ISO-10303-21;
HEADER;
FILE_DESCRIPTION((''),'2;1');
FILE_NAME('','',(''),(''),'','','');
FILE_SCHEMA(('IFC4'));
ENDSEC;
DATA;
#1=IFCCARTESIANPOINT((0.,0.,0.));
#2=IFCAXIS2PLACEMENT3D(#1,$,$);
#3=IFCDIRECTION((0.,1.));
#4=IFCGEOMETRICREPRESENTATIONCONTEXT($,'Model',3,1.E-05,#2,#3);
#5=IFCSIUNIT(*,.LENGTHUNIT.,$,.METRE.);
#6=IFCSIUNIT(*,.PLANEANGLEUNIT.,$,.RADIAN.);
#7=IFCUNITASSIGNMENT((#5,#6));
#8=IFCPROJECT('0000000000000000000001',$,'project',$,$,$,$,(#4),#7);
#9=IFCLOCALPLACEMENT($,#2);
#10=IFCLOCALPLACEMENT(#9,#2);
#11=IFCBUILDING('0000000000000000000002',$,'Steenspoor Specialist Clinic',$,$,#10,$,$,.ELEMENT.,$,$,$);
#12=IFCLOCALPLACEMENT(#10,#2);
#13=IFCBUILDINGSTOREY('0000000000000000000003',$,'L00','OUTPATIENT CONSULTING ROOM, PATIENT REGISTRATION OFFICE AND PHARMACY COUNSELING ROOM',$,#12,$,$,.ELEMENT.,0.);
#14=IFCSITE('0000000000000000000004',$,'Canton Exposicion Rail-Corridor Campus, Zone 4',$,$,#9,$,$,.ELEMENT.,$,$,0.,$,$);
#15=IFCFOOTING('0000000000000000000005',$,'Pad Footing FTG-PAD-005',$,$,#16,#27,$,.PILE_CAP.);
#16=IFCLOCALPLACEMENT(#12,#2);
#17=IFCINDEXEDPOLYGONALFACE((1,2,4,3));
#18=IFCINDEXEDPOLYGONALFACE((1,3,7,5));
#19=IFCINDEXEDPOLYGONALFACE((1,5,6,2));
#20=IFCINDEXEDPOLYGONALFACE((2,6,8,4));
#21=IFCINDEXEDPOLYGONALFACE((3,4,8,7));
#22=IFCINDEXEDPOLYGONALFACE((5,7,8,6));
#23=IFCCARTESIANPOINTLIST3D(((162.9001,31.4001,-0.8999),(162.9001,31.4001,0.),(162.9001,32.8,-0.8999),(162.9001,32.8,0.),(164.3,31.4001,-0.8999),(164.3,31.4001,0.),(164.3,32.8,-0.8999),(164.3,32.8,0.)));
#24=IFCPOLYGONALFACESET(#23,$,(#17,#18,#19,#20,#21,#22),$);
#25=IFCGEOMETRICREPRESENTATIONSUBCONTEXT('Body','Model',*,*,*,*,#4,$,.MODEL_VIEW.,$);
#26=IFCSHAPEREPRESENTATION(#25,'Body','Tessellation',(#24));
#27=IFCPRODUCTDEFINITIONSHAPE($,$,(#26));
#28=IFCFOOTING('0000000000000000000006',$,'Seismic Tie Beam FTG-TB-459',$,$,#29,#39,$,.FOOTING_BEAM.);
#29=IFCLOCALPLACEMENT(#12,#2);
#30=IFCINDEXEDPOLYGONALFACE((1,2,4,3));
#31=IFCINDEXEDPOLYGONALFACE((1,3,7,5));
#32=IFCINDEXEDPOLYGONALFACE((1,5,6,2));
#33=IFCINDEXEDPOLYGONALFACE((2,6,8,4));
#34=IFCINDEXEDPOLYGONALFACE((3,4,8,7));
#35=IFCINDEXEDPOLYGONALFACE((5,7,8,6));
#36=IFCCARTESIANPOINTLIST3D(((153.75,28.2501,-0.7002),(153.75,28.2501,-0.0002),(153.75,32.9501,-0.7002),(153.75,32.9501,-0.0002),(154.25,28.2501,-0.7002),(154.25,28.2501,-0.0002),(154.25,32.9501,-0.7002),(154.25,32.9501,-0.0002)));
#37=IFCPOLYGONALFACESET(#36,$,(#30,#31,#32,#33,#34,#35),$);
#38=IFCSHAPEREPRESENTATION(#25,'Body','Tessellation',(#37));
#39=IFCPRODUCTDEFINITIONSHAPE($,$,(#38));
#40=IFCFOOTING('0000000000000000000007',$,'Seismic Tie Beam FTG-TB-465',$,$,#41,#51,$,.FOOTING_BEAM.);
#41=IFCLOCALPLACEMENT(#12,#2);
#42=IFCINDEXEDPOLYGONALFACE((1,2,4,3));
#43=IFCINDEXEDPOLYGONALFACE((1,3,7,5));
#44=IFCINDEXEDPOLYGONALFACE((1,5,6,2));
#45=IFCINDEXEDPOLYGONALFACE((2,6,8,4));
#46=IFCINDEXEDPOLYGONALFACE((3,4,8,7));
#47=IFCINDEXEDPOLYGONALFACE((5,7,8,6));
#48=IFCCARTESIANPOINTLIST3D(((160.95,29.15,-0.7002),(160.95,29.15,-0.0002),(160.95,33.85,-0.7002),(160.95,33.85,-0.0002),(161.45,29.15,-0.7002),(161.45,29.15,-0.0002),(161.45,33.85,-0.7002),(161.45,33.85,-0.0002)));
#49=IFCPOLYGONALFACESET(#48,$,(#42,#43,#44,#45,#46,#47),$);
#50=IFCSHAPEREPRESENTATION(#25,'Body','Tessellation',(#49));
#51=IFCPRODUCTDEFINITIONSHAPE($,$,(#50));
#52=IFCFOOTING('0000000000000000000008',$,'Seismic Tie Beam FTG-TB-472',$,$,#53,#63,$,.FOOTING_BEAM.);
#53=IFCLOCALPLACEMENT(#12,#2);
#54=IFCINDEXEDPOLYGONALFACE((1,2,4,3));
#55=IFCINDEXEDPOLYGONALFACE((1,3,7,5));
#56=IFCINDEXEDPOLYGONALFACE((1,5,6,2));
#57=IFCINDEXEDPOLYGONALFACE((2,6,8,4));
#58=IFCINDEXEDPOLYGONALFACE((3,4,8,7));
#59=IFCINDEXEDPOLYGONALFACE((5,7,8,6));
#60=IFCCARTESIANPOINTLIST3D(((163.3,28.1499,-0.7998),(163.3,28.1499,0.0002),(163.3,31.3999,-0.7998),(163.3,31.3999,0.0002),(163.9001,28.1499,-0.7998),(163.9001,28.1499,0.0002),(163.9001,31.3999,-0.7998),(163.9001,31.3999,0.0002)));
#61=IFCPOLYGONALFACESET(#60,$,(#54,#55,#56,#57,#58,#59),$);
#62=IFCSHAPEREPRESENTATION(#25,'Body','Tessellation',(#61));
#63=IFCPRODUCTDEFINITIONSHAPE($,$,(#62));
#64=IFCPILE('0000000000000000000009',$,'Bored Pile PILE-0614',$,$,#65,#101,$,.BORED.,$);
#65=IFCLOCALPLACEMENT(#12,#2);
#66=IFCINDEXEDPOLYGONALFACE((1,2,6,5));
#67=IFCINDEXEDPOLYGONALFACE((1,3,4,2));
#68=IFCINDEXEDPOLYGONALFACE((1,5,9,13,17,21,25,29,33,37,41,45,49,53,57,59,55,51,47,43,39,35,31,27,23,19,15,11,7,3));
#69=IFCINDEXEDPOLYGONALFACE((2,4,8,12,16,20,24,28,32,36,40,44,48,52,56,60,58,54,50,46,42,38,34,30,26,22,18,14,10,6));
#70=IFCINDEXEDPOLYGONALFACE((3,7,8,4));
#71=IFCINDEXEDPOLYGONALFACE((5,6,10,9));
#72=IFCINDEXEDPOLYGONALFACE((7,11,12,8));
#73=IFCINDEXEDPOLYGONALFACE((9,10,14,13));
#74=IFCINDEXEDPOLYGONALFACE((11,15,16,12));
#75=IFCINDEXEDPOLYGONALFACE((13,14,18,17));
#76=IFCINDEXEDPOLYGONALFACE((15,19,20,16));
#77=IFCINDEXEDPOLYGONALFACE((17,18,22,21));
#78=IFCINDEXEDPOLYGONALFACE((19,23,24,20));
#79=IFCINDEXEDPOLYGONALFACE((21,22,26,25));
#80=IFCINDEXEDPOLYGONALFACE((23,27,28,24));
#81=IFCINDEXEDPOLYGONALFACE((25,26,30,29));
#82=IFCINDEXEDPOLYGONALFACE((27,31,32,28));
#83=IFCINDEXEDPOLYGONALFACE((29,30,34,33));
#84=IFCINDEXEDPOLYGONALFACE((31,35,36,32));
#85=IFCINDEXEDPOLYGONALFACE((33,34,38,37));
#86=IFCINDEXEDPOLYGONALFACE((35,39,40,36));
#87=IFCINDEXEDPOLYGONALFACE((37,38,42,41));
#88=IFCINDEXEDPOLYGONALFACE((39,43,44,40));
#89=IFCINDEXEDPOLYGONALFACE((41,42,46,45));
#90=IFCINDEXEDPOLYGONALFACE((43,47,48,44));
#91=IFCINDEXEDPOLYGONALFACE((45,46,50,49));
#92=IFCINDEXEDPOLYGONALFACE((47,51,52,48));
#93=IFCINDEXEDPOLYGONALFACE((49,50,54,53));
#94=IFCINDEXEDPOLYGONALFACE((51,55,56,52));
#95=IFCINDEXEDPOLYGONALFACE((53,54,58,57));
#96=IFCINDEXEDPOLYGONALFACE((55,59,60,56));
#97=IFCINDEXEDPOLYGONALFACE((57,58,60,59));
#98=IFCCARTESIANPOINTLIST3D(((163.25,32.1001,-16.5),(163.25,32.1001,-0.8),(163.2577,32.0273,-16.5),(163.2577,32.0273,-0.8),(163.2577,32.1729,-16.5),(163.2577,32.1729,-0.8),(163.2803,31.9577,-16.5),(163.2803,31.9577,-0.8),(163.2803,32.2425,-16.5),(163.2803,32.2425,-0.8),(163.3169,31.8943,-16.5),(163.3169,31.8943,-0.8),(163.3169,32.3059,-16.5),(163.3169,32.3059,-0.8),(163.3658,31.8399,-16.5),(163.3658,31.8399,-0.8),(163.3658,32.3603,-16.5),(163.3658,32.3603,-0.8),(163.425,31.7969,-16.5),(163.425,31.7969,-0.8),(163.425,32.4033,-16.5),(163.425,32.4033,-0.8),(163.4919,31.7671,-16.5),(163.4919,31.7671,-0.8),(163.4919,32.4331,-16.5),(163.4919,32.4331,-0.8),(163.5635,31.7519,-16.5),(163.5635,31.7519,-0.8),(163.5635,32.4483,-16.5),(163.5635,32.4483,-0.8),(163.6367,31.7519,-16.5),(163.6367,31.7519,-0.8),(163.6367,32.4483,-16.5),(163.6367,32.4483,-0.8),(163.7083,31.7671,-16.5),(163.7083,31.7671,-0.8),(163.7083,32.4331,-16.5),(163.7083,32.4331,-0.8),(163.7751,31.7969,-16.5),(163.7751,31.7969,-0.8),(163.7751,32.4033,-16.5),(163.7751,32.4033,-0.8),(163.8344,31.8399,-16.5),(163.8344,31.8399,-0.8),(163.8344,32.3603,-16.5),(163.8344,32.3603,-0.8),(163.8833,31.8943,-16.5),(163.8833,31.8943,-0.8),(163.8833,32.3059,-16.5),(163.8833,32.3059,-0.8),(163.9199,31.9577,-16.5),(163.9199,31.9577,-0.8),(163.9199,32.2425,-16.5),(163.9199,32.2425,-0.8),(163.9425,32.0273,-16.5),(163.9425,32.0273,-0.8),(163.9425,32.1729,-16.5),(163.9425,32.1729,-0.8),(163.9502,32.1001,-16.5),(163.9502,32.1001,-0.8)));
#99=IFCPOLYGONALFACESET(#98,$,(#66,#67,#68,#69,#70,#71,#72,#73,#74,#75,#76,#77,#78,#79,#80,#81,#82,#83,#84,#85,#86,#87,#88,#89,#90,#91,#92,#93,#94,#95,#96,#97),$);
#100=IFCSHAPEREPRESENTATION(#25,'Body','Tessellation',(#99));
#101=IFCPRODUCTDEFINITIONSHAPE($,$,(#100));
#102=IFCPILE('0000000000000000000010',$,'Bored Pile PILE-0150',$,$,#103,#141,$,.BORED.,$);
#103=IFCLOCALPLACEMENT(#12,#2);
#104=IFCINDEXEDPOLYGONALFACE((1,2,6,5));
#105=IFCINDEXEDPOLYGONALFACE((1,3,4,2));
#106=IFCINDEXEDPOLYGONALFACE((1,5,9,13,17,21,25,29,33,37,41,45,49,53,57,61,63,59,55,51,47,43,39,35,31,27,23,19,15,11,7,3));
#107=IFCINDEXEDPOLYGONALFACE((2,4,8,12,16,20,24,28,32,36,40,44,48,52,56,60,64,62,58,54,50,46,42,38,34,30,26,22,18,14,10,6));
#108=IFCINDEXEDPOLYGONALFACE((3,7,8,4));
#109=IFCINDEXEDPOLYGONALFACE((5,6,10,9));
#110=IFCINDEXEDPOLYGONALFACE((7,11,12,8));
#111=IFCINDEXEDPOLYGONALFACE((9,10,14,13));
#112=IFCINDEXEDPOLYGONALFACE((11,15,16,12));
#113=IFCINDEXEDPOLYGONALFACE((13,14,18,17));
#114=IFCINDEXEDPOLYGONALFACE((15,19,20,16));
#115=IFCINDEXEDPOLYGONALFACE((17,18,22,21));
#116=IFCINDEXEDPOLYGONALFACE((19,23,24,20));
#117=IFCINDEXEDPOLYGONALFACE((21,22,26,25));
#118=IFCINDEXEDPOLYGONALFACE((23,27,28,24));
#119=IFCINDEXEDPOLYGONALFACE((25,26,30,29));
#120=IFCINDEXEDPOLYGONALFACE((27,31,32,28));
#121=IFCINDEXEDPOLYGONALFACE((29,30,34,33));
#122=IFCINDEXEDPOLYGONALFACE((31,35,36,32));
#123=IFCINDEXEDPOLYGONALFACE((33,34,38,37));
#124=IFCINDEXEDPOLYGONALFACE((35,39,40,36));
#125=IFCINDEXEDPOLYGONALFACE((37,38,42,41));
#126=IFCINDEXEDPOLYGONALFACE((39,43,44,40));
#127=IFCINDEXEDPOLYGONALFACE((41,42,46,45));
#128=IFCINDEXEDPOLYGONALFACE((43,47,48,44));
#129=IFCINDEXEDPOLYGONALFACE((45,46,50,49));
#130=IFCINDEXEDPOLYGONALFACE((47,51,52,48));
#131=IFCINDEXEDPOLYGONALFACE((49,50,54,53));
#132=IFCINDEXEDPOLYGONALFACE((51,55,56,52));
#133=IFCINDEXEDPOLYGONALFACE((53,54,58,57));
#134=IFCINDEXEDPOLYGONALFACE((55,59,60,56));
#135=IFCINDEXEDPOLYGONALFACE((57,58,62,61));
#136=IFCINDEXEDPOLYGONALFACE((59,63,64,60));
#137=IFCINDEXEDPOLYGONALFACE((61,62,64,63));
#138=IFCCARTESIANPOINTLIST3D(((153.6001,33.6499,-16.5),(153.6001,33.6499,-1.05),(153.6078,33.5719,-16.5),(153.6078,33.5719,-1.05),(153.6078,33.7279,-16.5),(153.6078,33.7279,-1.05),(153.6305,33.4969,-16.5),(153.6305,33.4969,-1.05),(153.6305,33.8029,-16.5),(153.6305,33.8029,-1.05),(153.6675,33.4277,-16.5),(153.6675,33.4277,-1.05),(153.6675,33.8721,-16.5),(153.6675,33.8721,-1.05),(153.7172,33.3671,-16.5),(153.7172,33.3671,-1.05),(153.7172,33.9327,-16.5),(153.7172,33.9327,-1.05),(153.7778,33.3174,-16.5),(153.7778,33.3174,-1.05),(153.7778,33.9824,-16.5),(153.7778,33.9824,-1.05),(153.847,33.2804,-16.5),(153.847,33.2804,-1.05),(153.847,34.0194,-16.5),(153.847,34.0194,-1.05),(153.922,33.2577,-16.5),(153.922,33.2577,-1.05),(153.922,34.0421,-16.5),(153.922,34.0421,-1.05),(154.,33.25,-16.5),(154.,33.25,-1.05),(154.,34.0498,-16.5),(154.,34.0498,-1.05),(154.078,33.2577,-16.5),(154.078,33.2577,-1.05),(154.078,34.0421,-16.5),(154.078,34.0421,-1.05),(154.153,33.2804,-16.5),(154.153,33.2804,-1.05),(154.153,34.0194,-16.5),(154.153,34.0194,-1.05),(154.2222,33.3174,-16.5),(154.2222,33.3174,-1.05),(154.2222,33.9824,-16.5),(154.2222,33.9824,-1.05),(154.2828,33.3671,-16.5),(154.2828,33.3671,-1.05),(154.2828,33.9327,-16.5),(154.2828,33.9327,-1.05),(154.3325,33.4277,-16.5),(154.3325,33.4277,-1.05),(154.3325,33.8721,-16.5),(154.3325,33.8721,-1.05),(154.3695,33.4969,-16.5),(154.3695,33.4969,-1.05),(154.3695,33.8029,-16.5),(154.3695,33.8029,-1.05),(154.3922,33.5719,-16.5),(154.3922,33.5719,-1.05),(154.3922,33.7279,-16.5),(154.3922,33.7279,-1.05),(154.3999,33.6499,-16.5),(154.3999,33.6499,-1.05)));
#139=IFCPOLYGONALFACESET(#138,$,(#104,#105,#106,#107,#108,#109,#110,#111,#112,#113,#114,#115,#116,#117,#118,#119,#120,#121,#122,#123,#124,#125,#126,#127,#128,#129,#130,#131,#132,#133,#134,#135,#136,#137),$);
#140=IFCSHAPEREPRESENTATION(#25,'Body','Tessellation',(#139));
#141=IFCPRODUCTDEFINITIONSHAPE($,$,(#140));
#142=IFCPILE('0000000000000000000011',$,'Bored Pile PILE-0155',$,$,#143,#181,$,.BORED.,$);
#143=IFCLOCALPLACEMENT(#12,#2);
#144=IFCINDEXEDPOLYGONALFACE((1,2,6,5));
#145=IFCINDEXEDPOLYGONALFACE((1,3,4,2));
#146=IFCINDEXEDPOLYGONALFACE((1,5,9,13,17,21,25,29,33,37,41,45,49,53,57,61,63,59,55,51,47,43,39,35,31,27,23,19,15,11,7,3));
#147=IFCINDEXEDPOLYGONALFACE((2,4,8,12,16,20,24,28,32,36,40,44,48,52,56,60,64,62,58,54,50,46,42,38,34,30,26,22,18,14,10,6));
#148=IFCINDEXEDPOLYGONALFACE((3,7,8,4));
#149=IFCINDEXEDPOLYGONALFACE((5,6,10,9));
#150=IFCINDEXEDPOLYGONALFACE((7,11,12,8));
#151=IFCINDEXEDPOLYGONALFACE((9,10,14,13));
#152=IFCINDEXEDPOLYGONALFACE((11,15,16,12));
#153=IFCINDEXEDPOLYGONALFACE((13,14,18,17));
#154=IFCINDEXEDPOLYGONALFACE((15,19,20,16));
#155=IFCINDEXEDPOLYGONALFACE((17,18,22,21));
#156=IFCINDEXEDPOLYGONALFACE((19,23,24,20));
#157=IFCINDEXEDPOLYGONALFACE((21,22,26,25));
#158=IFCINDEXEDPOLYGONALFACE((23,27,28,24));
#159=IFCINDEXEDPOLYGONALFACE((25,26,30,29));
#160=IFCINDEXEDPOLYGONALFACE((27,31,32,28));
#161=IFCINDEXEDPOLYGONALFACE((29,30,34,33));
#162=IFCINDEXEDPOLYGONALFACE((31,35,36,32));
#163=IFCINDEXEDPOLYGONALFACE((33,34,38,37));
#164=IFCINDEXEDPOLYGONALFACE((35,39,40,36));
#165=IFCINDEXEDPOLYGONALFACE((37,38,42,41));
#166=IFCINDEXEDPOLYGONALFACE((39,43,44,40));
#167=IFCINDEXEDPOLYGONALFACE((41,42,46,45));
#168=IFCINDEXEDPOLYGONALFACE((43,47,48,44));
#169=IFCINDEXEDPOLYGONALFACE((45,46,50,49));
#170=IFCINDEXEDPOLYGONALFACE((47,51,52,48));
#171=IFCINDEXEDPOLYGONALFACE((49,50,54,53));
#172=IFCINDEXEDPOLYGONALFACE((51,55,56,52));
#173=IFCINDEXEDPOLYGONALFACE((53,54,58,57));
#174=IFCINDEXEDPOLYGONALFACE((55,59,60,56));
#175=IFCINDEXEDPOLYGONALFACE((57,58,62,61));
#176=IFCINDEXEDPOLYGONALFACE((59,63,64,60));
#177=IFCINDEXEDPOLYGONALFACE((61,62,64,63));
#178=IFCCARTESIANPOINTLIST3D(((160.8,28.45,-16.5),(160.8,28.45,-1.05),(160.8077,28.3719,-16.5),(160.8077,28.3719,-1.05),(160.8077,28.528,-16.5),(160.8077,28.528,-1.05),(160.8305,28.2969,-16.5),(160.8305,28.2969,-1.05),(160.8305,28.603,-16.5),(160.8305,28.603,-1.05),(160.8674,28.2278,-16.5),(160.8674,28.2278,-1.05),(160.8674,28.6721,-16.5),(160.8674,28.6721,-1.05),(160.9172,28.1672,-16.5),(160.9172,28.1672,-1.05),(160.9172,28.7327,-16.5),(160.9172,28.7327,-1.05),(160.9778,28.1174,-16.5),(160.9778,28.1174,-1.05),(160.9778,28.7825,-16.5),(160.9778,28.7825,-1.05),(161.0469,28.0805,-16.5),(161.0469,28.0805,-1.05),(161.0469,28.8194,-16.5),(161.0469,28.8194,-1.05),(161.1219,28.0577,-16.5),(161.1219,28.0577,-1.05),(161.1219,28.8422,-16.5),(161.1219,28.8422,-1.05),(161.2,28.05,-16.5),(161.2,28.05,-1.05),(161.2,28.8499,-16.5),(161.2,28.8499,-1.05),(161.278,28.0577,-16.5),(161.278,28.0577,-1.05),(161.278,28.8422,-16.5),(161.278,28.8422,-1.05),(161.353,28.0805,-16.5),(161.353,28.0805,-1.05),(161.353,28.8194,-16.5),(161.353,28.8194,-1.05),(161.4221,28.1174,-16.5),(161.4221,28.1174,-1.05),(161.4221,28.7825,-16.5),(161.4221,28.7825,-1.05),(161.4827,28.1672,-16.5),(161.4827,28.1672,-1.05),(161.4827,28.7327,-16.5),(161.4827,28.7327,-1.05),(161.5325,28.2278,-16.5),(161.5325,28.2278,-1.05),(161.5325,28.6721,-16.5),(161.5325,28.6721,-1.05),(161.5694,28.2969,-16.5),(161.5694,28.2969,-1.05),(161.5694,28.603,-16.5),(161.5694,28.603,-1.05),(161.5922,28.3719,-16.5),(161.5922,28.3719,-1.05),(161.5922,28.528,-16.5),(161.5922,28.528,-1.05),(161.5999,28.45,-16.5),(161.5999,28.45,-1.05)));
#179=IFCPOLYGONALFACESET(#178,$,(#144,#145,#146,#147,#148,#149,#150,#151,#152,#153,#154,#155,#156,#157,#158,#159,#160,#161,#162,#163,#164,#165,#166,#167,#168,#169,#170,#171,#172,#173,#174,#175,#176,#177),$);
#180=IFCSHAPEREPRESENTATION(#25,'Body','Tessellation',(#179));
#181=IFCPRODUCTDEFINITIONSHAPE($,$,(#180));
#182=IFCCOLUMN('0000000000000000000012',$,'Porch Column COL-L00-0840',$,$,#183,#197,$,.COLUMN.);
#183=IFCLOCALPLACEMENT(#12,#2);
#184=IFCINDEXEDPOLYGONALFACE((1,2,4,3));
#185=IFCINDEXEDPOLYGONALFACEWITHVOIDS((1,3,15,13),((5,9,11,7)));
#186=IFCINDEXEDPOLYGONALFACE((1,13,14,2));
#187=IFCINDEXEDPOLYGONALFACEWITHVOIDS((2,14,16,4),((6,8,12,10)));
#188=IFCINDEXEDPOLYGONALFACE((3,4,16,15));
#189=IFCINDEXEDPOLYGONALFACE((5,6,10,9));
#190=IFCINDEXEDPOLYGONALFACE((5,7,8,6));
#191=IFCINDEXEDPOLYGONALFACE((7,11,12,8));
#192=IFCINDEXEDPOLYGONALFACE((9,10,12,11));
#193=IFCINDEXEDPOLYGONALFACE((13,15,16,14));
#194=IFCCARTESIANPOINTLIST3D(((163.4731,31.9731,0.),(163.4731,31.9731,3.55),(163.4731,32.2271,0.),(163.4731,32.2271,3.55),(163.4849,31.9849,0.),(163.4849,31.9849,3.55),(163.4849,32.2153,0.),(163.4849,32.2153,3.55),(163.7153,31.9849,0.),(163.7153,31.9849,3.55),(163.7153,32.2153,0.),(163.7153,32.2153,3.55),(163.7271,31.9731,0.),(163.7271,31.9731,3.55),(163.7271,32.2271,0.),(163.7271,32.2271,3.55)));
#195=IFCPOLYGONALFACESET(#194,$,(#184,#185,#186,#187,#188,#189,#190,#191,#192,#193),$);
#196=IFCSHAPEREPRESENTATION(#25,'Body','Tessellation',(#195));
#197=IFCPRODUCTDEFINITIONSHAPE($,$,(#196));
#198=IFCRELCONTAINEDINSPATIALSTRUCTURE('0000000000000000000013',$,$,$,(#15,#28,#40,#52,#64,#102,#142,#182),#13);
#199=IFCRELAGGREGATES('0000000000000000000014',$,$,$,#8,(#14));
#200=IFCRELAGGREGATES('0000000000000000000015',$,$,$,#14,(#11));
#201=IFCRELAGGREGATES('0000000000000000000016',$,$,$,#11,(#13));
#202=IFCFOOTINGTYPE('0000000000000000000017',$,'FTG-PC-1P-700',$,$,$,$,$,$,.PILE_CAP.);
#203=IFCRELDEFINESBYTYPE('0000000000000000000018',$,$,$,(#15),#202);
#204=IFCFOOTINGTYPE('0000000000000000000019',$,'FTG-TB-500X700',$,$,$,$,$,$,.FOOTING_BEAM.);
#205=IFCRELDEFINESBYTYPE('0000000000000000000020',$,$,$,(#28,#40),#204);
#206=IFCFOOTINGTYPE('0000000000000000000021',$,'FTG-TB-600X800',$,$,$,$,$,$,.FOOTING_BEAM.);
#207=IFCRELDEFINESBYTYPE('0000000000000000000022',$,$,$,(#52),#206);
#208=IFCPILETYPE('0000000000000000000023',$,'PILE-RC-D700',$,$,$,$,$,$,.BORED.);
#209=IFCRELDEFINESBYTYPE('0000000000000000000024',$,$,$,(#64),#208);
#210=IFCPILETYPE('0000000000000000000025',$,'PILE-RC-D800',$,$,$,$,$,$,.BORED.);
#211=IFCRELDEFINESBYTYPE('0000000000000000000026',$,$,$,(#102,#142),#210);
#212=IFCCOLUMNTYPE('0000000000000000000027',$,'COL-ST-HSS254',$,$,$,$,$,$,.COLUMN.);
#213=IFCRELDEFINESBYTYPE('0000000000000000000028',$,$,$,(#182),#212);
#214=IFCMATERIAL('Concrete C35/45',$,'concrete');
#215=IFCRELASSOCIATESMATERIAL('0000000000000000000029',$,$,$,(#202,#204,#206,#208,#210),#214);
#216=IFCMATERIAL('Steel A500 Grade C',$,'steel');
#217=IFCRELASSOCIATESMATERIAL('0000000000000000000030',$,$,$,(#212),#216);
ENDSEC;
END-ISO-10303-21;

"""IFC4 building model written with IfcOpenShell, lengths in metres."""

from ifc_helpers import new_model, si_unit, direction, frame, origin, origin_2d, place, context, subcontext, project, spatial, rectangle, hollow_rectangle, circle, extrude, material, material_profile, profile_set, type_object, element, save


model = new_model("IFC4")

# Units and contexts
model_context = context("Model", 3, precision=1e-05, world=origin(), true_north=direction((0.0, 1.0)))
body_context = subcontext(model_context, "Body", "Model", "MODEL_VIEW")
ifc_project = project(units=[si_unit("LENGTHUNIT", "METRE"), si_unit("PLANEANGLEUNIT", "RADIAN")], contexts=[model_context])

# Site, building, storey
site_placement = place(None, origin())
site = spatial("IfcSite", under=ifc_project, at=site_placement, Name="Canton Exposicion Rail-Corridor Campus, Zone 4", CompositionType="ELEMENT", RefElevation=0.0)
building_placement = place(site_placement, origin())
building = spatial("IfcBuilding", under=site, at=building_placement, Name="Steenspoor Specialist Clinic", CompositionType="ELEMENT")
storey_placement = place(building_placement, origin())
storey = spatial("IfcBuildingStorey", under=building, at=storey_placement, Name="L00", Description="OUTPATIENT CONSULTING ROOM, PATIENT REGISTRATION OFFICE AND PHARMACY COUNSELING ROOM", CompositionType="ELEMENT", Elevation=0.0)

# Footings
ifc_material_1 = material(Name="Concrete C35/45", Category="concrete")
footing_type_1 = type_object("IfcFootingType", Name="FTG-PC-1P-700", PredefinedType="PILE_CAP", material=ifc_material_1)
footing_1_placement = place(storey_placement, frame((163.6001, 32.1001, -0.8999), z_axis=(0.0, 0.0, 1.0), x_axis=(1.0, 0.0, 0.0)))
element("IfcFooting", 1, at=footing_1_placement, inside=storey, type_object=footing_type_1, Name="Pad Footing FTG-PAD-005", PredefinedType="PILE_CAP", context=body_context, shape_type="SweptSolid", body=[
    extrude(rectangle(XDim=1.3999, YDim=1.3999, at=origin_2d()), origin(), (0.0, 0.0, 1.0), 0.8999),
])
footing_type_2 = type_object("IfcFootingType", Name="FTG-TB-500X700", PredefinedType="FOOTING_BEAM", material=ifc_material_1)
for number, where, z_axis, x_axis, name in (
    (2, (154.0, 30.6001, -0.7002), (0.0, 0.0, 1.0), (1.0, 0.0, 0.0), "Seismic Tie Beam FTG-TB-459"),
    (3, (161.2, 31.5, -0.7002), (0.0, 0.0, 1.0), (1.0, 0.0, 0.0), "Seismic Tie Beam FTG-TB-465"),
):
    element("IfcFooting", number, at=place(storey_placement, frame(where, z_axis=z_axis, x_axis=x_axis)), inside=storey, type_object=footing_type_2, Name=name, PredefinedType="FOOTING_BEAM", context=body_context, shape_type="SweptSolid", body=[
        extrude(rectangle(XDim=0.5, YDim=4.7, at=origin_2d()), origin(), (0.0, 0.0, 1.0), 0.7),
    ])
footing_type_3 = type_object("IfcFootingType", Name="FTG-TB-600X800", PredefinedType="FOOTING_BEAM", material=ifc_material_1)
footing_2_placement = place(storey_placement, frame((163.6001, 29.7749, -0.7998), z_axis=(0.0, 0.0, 1.0), x_axis=(1.0, 0.0, 0.0)))
element("IfcFooting", 4, at=footing_2_placement, inside=storey, type_object=footing_type_3, Name="Seismic Tie Beam FTG-TB-472", PredefinedType="FOOTING_BEAM", context=body_context, shape_type="SweptSolid", body=[
    extrude(rectangle(XDim=0.6001, YDim=3.25, at=origin_2d()), origin(), (0.0, 0.0, 1.0), 0.8),
])

# Piles
ifc_material_profile_1 = material_profile(ifc_material_1, circle(Radius=0.3501, at=origin_2d()), Name="PILE-D700")
ifc_profile_set_1 = profile_set([ifc_material_profile_1], Name="Concrete C35/45")
pile_type_1 = type_object("IfcPileType", Name="PILE-RC-D700", PredefinedType="BORED", material=ifc_profile_set_1)
pile_placement = place(storey_placement, frame((163.6001, 32.1001, -0.8), z_axis=(0.0, 0.0, -1.0), x_axis=(1.0, 0.0, 0.0)))
element("IfcPile", 5, at=pile_placement, inside=storey, type_object=pile_type_1, Name="Bored Pile PILE-0614", PredefinedType="BORED", context=body_context, shape_type="SweptSolid", body=[
    extrude(circle(Radius=0.3501, at=origin_2d()), origin(), (0.0, 0.0, 1.0), 15.7),
])
ifc_material_profile_2 = material_profile(ifc_material_1, circle(Radius=0.3999, at=origin_2d()), Name="PILE-D800")
ifc_profile_set_2 = profile_set([ifc_material_profile_2], Name="Concrete C35/45")
pile_type_2 = type_object("IfcPileType", Name="PILE-RC-D800", PredefinedType="BORED", material=ifc_profile_set_2)
for number, where, z_axis, x_axis, name in (
    (6, (154.0, 33.6499, -1.05), (0.0, 0.0, -1.0), (1.0, 0.0, 0.0), "Bored Pile PILE-0150"),
    (7, (161.2, 28.45, -1.05), (0.0, 0.0, -1.0), (1.0, 0.0, 0.0), "Bored Pile PILE-0155"),
):
    element("IfcPile", number, at=place(storey_placement, frame(where, z_axis=z_axis, x_axis=x_axis)), inside=storey, type_object=pile_type_2, Name=name, PredefinedType="BORED", context=body_context, shape_type="SweptSolid", body=[
        extrude(circle(Radius=0.3999, at=origin_2d()), origin(), (0.0, 0.0, 1.0), 15.45),
    ])

# Column
ifc_material_2 = material(Name="Steel A500 Grade C", Category="steel")
ifc_material_profile_3 = material_profile(ifc_material_2, hollow_rectangle(XDim=0.2539, YDim=0.2539, WallThickness=0.0117, at=origin_2d()), Name="HSS254X254X12.7")
ifc_profile_set_3 = profile_set([ifc_material_profile_3], Name="Steel A500 Grade C")
column_type = type_object("IfcColumnType", Name="COL-ST-HSS254", PredefinedType="COLUMN", material=ifc_profile_set_3)
column_placement = place(storey_placement, frame((163.6001, 32.1001, 0.0), z_axis=(0.0, 0.0, 1.0), x_axis=(1.0, 0.0, 0.0)))
element("IfcColumn", 8, at=column_placement, inside=storey, type_object=column_type, Name="Porch Column COL-L00-0840", PredefinedType="COLUMN", context=body_context, shape_type="SweptSolid", body=[
    extrude(hollow_rectangle(XDim=0.2539, YDim=0.2539, WallThickness=0.0117, at=origin_2d()), origin(), (0.0, 0.0, 1.0), 3.55),
])

save(model, "model.ifc")
